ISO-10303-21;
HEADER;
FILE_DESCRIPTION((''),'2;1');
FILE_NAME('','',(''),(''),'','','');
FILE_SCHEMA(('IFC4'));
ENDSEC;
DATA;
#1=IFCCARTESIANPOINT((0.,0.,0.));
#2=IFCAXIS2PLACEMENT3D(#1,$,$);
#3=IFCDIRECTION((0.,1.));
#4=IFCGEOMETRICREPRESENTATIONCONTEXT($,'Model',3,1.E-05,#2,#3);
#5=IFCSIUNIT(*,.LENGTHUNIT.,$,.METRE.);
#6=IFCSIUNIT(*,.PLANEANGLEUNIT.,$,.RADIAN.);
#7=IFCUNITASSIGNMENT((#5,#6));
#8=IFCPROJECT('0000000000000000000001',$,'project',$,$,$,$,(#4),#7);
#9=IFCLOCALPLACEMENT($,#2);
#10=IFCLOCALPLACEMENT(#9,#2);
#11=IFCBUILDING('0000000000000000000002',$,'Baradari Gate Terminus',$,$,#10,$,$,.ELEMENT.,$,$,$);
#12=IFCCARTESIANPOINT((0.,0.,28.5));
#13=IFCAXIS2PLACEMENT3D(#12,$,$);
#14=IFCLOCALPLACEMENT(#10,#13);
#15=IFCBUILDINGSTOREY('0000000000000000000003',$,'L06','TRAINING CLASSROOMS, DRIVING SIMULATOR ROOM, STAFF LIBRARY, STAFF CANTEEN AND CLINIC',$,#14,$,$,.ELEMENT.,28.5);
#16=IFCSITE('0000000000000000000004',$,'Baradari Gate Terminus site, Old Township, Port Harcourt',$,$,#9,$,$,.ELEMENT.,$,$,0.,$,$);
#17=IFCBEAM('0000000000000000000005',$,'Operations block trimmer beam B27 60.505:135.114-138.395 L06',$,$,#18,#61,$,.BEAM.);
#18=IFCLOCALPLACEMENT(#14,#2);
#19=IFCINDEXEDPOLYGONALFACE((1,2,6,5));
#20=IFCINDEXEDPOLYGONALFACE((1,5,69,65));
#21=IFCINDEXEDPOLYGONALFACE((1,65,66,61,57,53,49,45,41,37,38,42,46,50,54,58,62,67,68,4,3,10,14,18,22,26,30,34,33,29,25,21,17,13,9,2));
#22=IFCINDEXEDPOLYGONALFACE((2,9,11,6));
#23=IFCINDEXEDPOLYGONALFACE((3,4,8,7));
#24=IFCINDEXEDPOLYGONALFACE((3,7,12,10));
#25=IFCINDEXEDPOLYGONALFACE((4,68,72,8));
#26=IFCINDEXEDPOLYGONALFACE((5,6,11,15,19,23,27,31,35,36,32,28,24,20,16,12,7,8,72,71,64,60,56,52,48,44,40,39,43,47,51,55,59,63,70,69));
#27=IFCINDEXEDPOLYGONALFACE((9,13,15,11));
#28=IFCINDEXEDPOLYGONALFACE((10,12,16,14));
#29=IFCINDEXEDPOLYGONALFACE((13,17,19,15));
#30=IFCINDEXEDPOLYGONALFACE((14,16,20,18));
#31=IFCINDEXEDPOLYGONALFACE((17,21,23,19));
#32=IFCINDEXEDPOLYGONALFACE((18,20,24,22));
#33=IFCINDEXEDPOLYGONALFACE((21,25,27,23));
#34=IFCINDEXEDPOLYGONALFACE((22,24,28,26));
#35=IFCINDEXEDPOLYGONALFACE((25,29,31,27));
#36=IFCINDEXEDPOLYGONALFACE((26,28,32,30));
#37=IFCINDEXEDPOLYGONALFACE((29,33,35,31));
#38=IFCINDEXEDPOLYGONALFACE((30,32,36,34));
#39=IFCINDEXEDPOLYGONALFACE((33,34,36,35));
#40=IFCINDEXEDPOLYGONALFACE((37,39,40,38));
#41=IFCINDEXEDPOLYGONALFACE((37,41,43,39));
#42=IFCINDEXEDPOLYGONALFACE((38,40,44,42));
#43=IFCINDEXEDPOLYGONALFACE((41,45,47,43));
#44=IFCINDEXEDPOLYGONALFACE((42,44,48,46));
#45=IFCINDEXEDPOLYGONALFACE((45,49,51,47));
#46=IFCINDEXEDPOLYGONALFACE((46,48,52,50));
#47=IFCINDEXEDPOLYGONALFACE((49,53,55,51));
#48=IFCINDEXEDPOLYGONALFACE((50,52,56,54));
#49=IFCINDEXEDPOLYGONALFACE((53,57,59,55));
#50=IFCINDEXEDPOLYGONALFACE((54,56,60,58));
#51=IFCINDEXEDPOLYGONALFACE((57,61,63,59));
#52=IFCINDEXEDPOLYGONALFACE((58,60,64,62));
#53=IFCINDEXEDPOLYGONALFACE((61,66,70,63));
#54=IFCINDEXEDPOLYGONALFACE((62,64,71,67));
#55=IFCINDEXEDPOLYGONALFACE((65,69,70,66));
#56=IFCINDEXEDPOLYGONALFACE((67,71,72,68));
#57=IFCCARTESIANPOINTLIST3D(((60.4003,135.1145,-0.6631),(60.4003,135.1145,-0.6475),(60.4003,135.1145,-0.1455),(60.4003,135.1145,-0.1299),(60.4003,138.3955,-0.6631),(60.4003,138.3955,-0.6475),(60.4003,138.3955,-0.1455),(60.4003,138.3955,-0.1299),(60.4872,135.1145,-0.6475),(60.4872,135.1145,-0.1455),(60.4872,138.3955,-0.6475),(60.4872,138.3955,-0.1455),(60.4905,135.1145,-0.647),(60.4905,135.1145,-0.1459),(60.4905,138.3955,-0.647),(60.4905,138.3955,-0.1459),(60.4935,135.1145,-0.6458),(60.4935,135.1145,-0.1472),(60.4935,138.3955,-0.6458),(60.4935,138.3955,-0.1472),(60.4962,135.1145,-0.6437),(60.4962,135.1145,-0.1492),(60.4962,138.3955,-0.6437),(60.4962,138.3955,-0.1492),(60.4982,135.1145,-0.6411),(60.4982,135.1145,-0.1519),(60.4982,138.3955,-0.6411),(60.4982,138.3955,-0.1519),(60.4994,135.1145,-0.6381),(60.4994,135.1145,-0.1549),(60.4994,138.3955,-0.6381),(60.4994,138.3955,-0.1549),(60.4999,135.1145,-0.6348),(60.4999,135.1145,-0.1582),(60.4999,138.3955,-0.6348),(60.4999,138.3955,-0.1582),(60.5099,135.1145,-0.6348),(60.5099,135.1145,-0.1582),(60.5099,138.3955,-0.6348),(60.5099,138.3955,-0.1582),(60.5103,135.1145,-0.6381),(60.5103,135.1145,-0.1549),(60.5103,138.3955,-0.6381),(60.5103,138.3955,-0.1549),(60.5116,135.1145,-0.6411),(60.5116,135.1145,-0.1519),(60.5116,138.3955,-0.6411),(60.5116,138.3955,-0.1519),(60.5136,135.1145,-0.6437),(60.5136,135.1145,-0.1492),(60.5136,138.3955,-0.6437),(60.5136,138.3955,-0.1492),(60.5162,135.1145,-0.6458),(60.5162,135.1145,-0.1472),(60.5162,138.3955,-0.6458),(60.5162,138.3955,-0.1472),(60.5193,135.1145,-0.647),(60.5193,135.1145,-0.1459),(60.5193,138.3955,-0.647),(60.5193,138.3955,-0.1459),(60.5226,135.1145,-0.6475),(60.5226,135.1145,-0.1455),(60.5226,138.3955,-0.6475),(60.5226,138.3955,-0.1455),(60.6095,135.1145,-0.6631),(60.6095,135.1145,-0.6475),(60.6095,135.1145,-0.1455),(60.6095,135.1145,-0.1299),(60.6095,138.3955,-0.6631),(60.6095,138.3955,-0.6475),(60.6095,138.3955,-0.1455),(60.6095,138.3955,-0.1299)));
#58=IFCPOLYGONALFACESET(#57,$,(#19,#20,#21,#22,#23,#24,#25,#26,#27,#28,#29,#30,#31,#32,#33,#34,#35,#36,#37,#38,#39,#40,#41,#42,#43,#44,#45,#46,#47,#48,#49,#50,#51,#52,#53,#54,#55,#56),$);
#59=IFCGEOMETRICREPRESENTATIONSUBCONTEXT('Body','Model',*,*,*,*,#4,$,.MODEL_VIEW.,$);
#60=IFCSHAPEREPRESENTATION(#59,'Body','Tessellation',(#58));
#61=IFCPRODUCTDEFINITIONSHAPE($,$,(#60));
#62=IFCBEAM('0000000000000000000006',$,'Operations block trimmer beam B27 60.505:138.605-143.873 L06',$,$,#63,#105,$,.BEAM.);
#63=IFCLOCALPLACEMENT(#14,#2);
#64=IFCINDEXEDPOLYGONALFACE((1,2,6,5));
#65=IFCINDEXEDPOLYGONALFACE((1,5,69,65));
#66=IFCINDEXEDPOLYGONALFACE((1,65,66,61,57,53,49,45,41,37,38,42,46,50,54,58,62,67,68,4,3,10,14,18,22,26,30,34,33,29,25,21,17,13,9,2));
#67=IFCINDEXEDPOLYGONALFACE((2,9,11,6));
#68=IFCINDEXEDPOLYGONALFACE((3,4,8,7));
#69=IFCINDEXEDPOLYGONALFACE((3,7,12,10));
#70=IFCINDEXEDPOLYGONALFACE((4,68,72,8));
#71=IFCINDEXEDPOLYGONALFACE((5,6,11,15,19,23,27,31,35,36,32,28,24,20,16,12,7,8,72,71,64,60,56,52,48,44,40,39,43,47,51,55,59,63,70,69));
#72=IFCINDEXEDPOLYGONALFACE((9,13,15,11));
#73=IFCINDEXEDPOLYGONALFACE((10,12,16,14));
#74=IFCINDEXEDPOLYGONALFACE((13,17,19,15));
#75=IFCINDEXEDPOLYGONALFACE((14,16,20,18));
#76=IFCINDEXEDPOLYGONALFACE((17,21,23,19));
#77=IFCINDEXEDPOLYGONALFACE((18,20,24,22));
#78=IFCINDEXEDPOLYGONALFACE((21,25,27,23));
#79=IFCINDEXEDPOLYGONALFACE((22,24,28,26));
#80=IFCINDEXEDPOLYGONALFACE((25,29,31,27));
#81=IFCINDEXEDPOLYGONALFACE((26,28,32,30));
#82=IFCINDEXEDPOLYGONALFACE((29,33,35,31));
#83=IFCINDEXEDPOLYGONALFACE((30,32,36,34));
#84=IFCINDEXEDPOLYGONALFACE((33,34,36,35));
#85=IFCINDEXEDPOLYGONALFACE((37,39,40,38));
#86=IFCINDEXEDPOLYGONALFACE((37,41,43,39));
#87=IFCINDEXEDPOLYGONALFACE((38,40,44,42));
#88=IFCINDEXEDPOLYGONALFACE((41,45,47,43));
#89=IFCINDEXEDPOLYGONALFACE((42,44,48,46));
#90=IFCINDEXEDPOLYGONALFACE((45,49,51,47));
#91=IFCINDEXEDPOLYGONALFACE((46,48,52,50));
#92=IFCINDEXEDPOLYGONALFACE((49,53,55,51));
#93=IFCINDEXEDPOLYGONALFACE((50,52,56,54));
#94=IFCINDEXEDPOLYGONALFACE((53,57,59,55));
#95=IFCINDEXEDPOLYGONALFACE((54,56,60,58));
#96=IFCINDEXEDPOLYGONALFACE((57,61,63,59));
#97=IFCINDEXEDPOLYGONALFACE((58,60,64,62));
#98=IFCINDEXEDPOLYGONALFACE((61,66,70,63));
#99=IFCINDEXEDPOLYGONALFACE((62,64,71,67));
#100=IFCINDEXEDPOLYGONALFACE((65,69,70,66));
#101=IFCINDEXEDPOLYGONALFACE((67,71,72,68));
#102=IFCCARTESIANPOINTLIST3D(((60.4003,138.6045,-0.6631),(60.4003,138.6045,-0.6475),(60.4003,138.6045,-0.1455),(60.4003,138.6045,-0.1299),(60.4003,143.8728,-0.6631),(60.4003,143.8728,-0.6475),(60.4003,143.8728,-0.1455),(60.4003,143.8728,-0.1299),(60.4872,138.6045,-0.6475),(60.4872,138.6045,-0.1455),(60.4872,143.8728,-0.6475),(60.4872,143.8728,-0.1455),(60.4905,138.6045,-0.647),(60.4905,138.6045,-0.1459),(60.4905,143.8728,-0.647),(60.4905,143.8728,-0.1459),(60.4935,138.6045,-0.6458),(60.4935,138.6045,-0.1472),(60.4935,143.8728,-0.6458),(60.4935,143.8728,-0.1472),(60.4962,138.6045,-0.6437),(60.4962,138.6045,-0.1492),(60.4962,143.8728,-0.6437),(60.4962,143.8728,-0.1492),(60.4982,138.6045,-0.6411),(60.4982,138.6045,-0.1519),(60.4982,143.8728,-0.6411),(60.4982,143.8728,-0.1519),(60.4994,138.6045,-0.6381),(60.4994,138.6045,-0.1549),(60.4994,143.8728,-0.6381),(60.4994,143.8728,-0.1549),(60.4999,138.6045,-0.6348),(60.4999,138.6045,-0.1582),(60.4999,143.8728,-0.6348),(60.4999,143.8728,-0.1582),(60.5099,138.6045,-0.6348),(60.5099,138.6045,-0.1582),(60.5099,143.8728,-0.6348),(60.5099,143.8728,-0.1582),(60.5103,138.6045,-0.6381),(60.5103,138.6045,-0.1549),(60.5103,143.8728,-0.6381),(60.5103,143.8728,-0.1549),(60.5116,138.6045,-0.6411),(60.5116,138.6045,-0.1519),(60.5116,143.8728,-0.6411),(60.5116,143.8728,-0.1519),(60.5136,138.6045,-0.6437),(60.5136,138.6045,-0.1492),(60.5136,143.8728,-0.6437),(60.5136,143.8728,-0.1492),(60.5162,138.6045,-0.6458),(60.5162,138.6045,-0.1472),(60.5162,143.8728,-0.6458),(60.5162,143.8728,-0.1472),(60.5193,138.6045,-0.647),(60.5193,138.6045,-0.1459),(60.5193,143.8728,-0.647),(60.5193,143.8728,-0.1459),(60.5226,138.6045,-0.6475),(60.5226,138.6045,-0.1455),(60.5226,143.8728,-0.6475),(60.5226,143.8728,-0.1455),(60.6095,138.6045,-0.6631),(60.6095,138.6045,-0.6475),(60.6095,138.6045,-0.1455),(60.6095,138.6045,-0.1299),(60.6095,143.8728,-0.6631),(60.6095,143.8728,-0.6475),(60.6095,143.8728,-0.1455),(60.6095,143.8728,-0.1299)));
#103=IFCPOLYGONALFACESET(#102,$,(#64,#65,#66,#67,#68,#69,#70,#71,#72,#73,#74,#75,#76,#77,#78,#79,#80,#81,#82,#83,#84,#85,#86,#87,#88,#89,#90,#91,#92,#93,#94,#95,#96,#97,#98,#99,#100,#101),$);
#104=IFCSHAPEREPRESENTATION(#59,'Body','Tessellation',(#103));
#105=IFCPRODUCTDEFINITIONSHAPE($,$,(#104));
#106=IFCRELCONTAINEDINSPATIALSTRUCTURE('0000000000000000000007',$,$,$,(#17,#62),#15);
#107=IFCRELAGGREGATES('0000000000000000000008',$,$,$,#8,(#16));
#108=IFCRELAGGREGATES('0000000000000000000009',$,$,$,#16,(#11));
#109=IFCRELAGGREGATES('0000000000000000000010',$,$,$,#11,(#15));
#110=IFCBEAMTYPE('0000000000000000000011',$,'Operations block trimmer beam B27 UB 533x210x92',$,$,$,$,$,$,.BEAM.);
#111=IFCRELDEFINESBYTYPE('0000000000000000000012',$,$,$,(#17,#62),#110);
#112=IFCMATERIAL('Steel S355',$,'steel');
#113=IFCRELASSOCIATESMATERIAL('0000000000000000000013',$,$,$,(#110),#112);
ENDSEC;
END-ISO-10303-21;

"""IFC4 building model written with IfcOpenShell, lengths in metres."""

from ifc_helpers import new_model, si_unit, direction, frame, origin, origin_2d, place, context, subcontext, project, spatial, i_section, extrude, material, material_profile, profile_set, type_object, element, save


model = new_model("IFC4")

# Units and contexts
model_context = context("Model", 3, precision=1e-05, world=origin(), true_north=direction((0.0, 1.0)))
body_context = subcontext(model_context, "Body", "Model", "MODEL_VIEW")
ifc_project = project(units=[si_unit("LENGTHUNIT", "METRE"), si_unit("PLANEANGLEUNIT", "RADIAN")], contexts=[model_context])

# Site, building, storey
site_placement = place(None, origin())
site = spatial("IfcSite", under=ifc_project, at=site_placement, Name="Baradari Gate Terminus site, Old Township, Port Harcourt", CompositionType="ELEMENT", RefElevation=0.0)
building_placement = place(site_placement, origin())
building = spatial("IfcBuilding", under=site, at=building_placement, Name="Baradari Gate Terminus", CompositionType="ELEMENT")
storey_placement = place(building_placement, frame((0.0, 0.0, 28.5)))
storey = spatial("IfcBuildingStorey", under=building, at=storey_placement, Name="L06", Description="TRAINING CLASSROOMS, DRIVING SIMULATOR ROOM, STAFF LIBRARY, STAFF CANTEEN AND CLINIC", CompositionType="ELEMENT", Elevation=28.5)

# Beams
ifc_material_1 = material(Name="Steel S355", Category="steel")
ifc_material_profile_1 = material_profile(ifc_material_1, i_section(OverallWidth=0.2092, OverallDepth=0.5332, WebThickness=0.01, FlangeThickness=0.0156, FilletRadius=0.0127, at=origin_2d()), Name="UB 533x210x92")
ifc_profile_set_1 = profile_set([ifc_material_profile_1], Name="Steel S355")
beam_type_1 = type_object("IfcBeamType", Name="Operations block trimmer beam B27 UB 533x210x92", PredefinedType="BEAM", material=ifc_profile_set_1)
beam_1_placement = place(storey_placement, frame((60.5049, 135.1145, -0.3965), z_axis=(0.0, 1.0, 0.0), x_axis=(-1.0, 0.0, 0.0)))
element("IfcBeam", 1, at=beam_1_placement, inside=storey, type_object=beam_type_1, Name="Operations block trimmer beam B27 60.505:135.114-138.395 L06", PredefinedType="BEAM", context=body_context, shape_type="SweptSolid", body=[
    extrude(i_section(OverallWidth=0.2092, OverallDepth=0.5332, WebThickness=0.01, FlangeThickness=0.0156, FilletRadius=0.0127, at=origin_2d()), origin(), (0.0, 0.0, 1.0), 3.281),
])
beam_2_placement = place(storey_placement, frame((60.5049, 138.6045, -0.3965), z_axis=(0.0, 1.0, 0.0), x_axis=(-1.0, 0.0, 0.0)))
element("IfcBeam", 2, at=beam_2_placement, inside=storey, type_object=beam_type_1, Name="Operations block trimmer beam B27 60.505:138.605-143.873 L06", PredefinedType="BEAM", context=body_context, shape_type="SweptSolid", body=[
    extrude(i_section(OverallWidth=0.2092, OverallDepth=0.5332, WebThickness=0.01, FlangeThickness=0.0156, FilletRadius=0.0127, at=origin_2d()), origin(), (0.0, 0.0, 1.0), 5.2683),
])

save(model, "model.ifc")
